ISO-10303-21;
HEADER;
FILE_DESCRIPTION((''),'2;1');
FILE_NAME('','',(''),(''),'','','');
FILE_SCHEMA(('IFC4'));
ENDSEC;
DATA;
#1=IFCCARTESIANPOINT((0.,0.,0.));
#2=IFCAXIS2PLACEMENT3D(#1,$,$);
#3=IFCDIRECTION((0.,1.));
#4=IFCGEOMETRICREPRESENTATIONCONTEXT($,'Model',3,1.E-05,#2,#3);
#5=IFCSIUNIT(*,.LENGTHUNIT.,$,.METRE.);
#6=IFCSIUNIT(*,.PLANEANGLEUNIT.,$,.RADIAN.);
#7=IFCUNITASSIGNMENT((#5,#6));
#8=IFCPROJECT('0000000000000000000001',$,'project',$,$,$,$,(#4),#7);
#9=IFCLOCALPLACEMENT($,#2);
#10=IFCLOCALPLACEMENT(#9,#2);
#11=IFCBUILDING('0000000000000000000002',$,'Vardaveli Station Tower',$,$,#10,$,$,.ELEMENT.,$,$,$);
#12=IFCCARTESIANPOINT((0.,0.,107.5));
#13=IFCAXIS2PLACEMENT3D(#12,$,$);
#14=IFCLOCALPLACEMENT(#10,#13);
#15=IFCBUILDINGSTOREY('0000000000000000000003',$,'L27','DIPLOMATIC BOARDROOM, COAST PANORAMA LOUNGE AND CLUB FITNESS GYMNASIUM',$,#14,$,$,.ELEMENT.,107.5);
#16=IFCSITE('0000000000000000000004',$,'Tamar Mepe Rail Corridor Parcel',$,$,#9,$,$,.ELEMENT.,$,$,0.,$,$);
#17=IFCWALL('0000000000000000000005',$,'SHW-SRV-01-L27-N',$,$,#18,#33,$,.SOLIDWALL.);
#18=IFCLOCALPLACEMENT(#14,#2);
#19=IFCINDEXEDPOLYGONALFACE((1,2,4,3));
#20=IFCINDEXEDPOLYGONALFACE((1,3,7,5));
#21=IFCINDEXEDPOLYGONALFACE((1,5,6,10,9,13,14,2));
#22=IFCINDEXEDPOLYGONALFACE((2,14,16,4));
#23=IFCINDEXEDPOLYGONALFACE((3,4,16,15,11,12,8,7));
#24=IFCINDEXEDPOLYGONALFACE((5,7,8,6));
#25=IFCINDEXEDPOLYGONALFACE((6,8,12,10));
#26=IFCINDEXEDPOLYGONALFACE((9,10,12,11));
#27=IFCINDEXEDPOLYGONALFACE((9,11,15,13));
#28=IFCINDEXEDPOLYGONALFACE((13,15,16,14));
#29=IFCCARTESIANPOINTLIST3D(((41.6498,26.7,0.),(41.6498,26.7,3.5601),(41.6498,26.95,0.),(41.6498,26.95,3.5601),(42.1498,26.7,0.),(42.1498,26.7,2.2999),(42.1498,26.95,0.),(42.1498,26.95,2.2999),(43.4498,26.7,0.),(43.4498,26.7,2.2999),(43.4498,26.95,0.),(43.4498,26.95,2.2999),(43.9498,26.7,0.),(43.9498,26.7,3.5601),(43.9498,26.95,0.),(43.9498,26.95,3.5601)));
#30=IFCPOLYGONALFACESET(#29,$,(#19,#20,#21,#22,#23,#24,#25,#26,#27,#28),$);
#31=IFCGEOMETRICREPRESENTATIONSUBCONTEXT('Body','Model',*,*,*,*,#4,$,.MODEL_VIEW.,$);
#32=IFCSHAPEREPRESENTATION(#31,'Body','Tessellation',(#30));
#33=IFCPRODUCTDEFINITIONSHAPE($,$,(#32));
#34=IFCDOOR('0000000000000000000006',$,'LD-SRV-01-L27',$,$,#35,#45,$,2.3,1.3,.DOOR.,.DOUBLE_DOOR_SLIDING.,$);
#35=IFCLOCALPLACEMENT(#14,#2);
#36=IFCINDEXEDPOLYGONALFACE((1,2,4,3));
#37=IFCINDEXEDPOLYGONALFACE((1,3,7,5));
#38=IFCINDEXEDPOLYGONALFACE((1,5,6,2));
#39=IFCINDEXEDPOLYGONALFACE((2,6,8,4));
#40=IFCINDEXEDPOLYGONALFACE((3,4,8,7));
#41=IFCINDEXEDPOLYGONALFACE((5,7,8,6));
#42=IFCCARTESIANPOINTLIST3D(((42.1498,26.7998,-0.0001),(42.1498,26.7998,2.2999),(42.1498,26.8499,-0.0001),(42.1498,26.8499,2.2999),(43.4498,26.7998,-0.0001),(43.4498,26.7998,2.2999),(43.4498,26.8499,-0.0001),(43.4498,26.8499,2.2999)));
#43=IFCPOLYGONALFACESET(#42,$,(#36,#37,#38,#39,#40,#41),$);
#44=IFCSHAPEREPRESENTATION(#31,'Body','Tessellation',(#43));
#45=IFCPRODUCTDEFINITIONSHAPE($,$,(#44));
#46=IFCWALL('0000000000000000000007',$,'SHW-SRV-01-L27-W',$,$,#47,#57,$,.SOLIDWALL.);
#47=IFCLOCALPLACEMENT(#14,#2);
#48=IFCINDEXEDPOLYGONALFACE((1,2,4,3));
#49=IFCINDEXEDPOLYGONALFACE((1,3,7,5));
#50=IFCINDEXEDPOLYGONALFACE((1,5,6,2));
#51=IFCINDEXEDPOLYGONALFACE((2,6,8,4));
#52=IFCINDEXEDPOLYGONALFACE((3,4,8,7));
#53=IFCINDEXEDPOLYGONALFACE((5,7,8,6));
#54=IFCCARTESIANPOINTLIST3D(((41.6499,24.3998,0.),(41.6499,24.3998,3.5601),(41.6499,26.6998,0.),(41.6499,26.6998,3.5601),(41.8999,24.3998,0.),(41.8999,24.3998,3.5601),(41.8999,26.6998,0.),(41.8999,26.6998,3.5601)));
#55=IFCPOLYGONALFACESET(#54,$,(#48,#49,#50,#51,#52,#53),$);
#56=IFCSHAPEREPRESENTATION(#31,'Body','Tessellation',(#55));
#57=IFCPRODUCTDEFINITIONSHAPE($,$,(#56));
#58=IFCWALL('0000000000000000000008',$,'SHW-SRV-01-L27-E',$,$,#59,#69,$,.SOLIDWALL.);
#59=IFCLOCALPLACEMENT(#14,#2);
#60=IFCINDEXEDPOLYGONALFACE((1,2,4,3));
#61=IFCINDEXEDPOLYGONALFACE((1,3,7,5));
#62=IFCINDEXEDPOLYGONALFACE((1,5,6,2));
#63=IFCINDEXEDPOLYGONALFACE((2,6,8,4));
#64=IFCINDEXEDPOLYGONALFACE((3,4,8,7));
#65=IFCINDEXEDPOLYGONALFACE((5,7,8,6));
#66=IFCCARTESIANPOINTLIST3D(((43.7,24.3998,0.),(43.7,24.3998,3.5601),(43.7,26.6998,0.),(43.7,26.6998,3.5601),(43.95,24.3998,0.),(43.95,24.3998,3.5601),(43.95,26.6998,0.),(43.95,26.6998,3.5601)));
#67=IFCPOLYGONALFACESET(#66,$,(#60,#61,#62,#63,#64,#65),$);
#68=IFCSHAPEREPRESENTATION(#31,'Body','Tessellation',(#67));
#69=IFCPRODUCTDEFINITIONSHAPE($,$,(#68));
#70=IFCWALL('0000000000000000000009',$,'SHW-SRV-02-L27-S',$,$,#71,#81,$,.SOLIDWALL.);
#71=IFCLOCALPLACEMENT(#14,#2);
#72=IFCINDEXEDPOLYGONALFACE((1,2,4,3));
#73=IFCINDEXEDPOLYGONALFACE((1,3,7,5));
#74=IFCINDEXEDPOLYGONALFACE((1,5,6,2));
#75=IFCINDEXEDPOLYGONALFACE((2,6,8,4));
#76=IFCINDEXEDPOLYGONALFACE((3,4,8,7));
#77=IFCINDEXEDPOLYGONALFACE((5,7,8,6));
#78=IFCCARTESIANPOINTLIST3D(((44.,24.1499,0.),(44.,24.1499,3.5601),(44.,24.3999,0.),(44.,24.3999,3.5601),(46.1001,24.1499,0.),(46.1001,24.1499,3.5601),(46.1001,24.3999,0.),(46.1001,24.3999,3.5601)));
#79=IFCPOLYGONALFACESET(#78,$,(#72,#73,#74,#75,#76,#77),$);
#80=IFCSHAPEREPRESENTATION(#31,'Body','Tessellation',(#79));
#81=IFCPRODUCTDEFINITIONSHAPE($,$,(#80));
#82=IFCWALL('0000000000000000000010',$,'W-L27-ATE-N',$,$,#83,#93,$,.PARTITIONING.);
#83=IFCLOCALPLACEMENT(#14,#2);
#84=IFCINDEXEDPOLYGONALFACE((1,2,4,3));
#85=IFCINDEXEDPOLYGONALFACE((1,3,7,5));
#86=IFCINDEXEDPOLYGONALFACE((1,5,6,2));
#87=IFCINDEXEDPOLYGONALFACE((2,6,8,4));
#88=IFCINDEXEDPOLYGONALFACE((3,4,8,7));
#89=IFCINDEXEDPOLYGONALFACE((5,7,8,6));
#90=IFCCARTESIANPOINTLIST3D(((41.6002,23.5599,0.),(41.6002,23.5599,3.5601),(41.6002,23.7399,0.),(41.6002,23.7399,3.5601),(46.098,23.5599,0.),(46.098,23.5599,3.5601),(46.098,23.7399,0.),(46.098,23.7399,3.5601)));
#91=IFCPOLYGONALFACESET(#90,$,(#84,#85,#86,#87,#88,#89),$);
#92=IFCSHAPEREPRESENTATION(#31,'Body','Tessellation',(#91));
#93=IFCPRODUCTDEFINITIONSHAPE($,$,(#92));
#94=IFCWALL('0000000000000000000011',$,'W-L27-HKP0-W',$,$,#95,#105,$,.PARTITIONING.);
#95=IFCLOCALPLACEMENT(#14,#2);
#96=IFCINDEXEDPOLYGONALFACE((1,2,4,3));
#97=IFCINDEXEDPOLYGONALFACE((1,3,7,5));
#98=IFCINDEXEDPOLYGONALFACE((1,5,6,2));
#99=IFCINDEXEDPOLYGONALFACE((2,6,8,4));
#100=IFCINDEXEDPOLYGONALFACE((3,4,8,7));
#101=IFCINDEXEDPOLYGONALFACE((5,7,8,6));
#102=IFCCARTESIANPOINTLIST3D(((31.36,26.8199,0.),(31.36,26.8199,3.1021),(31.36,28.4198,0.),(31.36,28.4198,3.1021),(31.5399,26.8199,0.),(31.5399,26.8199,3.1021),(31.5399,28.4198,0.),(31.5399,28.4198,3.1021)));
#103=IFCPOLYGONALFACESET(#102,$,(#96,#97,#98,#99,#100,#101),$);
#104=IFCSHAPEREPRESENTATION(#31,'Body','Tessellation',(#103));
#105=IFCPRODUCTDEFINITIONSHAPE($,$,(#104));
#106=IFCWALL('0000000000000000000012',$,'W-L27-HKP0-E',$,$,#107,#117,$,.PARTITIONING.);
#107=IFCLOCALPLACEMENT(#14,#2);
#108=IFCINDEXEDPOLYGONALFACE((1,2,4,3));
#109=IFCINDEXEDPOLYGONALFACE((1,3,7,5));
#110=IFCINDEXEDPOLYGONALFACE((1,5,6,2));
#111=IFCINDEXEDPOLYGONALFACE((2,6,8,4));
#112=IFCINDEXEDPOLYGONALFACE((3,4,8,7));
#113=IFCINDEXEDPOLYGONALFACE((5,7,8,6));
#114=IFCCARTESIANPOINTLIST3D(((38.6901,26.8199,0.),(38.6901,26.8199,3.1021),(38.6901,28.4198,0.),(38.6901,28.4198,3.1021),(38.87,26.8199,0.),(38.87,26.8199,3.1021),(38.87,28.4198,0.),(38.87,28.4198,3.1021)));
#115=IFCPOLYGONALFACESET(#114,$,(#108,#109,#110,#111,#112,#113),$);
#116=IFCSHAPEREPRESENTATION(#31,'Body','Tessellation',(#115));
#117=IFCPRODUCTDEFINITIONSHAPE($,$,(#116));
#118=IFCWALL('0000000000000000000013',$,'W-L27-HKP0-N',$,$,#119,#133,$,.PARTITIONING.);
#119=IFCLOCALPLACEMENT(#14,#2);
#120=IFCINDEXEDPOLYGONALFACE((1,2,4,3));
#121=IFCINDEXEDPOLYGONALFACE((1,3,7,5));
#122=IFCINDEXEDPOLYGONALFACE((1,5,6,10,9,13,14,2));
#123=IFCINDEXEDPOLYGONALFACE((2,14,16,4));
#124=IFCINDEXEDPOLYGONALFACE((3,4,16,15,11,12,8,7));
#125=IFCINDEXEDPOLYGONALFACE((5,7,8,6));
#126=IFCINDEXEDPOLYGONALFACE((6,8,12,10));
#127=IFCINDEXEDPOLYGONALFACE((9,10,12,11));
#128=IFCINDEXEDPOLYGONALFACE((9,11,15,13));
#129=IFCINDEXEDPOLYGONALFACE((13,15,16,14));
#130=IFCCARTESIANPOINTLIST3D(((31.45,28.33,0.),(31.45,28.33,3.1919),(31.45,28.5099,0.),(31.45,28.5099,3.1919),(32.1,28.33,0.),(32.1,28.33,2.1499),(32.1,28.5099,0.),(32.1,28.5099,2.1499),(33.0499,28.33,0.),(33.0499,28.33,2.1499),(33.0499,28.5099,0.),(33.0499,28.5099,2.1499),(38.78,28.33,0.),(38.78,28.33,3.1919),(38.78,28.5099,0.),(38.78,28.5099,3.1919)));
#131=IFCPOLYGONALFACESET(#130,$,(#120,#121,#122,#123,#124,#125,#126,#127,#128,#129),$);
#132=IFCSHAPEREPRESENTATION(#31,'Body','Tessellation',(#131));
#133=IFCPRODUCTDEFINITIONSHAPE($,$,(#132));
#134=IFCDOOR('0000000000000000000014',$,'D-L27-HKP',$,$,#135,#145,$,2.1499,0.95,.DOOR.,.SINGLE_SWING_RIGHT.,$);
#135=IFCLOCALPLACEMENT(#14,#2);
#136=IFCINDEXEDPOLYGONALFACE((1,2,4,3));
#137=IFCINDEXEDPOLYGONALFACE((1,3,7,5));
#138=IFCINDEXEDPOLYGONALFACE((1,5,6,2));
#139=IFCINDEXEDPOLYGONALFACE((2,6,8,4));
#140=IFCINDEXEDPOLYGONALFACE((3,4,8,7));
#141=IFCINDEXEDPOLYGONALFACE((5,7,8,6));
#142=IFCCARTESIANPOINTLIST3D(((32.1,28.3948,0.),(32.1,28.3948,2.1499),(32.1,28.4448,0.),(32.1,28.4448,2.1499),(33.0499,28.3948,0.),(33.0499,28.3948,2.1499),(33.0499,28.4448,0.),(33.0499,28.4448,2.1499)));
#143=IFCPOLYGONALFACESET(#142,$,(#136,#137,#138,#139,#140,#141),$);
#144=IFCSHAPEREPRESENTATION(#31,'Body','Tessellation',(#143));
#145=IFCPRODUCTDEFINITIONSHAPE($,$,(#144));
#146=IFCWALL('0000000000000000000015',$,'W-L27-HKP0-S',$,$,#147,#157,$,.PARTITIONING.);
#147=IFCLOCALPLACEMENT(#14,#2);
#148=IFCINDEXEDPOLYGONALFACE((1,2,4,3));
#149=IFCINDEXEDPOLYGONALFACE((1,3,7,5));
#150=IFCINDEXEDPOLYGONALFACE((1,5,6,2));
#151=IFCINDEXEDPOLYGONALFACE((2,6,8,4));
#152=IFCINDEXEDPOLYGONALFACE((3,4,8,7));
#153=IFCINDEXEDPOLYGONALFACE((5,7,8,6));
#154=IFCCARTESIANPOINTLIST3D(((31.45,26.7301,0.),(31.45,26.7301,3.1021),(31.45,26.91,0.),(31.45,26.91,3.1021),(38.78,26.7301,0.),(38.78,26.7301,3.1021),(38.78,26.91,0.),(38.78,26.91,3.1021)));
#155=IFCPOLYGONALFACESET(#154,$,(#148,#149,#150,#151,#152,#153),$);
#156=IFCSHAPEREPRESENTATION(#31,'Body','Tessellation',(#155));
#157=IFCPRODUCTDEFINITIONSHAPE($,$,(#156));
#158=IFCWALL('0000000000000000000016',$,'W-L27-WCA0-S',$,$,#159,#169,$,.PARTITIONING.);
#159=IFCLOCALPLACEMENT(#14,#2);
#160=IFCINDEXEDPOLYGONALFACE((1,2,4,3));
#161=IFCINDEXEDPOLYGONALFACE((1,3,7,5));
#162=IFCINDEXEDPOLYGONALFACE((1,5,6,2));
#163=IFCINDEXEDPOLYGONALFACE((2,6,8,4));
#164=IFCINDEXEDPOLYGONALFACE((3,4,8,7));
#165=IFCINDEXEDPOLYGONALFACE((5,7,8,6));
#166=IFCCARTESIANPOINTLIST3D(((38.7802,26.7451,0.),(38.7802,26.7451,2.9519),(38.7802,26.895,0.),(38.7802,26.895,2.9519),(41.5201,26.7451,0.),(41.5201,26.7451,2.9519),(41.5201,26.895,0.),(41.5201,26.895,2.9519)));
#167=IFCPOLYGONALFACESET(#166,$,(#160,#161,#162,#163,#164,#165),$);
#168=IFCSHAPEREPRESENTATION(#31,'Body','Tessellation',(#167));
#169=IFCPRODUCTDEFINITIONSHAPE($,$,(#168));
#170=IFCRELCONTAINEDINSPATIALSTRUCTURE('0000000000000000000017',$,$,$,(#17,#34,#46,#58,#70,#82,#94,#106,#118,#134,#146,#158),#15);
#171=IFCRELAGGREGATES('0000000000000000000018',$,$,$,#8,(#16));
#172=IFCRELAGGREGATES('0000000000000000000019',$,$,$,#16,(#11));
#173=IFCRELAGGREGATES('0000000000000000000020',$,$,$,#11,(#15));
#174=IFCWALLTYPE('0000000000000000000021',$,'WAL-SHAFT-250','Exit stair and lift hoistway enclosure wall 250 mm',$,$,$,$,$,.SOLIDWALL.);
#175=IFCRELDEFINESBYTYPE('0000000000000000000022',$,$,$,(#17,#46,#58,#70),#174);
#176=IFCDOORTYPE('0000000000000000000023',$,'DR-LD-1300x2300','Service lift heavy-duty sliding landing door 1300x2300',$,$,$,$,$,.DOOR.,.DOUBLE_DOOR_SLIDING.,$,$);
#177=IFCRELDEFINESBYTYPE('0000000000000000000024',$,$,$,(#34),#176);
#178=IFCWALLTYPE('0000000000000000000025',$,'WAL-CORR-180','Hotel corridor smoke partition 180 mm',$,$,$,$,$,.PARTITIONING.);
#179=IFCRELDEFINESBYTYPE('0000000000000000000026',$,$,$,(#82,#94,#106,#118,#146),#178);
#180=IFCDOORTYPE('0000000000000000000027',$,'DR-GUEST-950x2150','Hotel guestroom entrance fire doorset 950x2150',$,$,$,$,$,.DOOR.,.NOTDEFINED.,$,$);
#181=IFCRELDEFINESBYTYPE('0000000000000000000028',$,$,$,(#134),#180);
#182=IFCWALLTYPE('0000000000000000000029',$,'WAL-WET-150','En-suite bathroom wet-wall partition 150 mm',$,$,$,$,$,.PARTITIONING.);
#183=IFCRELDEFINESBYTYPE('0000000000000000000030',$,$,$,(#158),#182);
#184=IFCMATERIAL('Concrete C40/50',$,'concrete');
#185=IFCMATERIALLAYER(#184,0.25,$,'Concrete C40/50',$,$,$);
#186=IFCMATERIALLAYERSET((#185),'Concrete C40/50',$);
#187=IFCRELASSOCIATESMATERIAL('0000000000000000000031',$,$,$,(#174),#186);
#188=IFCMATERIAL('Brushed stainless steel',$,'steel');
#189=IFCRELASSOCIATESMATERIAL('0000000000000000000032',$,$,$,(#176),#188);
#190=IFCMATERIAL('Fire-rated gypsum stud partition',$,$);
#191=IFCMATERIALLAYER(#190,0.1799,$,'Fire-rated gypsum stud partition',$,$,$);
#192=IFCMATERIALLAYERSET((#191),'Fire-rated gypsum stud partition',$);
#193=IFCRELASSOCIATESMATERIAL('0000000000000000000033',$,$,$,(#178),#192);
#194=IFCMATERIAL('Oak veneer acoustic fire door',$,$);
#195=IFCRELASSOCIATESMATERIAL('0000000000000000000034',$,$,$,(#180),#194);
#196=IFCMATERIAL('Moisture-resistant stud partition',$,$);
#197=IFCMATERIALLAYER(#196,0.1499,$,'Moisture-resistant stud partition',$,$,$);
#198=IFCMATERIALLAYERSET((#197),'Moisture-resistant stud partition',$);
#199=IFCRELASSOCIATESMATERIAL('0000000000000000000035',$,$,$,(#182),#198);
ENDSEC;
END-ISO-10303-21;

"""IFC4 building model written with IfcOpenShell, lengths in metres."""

from ifc_helpers import new_model, si_unit, direction, frame, frame_2d, origin, place, context, subcontext, project, spatial, rectangle, extrude, source, transform, mapped, material, layer, layer_set, type_object, element, fill, save


model = new_model("IFC4")

# Units and contexts
model_context = context("Model", 3, precision=1e-05, world=origin(), true_north=direction((0.0, 1.0)))
body_context = subcontext(model_context, "Body", "Model", "MODEL_VIEW")
ifc_project = project(units=[si_unit("LENGTHUNIT", "METRE"), si_unit("PLANEANGLEUNIT", "RADIAN")], contexts=[model_context])

# Site, building, storey
site_placement = place(None, origin())
site = spatial("IfcSite", under=ifc_project, at=site_placement, Name="Tamar Mepe Rail Corridor Parcel", CompositionType="ELEMENT", RefElevation=0.0)
building_placement = place(site_placement, origin())
building = spatial("IfcBuilding", under=site, at=building_placement, Name="Vardaveli Station Tower", CompositionType="ELEMENT")
storey_placement = place(building_placement, frame((0.0, 0.0, 107.5)))
storey = spatial("IfcBuildingStorey", under=building, at=storey_placement, Name="L27", Description="DIPLOMATIC BOARDROOM, COAST PANORAMA LOUNGE AND CLUB FITNESS GYMNASIUM", CompositionType="ELEMENT", Elevation=107.5)

# Shared definitions
ifc_material_1 = material(Name="Concrete C40/50", Category="concrete")
ifc_layer_1 = layer(ifc_material_1, 0.25, Name="Concrete C40/50")
ifc_layer_set_1 = layer_set([ifc_layer_1], Name="Concrete C40/50")
wall_type_1 = type_object("IfcWallType", Name="WAL-SHAFT-250", Description="Exit stair and lift hoistway enclosure wall 250 mm", PredefinedType="SOLIDWALL", material=ifc_layer_set_1)
shared_shape_1 = source(origin(), body_context, "Body", "SweptSolid", [
    extrude(rectangle(XDim=2.3, YDim=0.25, at=frame_2d((1.1499, 0.0))), origin(), (0.0, 0.0, 1.0), 3.5601),
])

# Wall, opening, door
wall_1_placement = place(storey_placement, frame((41.6499, 26.825, 0.0), z_axis=(0.0, 0.0, 1.0), x_axis=(1.0, 0.0, 0.0)))
wall_1 = element("IfcWall", 1, at=wall_1_placement, inside=storey, type_object=wall_type_1, Name="SHW-SRV-01-L27-N", PredefinedType="SOLIDWALL", context=body_context, shape_type="MappedRepresentation", body=[
    mapped(shared_shape_1, transform((0.0, 0.0, 0.0), scale=1.0)),
])
shared_shape_2 = source(origin(), body_context, "Body", "SweptSolid", [
    extrude(rectangle(XDim=1.3, YDim=2.3, at=frame_2d((0.6499, 1.1499))), frame((0.0, 0.135, 0.0), z_axis=(0.0, -1.0, 0.0), x_axis=(1.0, 0.0, 0.0)), (0.0, 0.0, 1.0), 0.27),
])
opening_1_placement = place(wall_1_placement, frame((0.5, 0.0, 0.0)))
opening_1 = element("IfcOpeningElement", 2, at=opening_1_placement, cuts=wall_1, PredefinedType="OPENING", context=body_context, shape_type="MappedRepresentation", body=[
    mapped(shared_shape_2, transform((0.0, 0.0, 0.0), scale=1.0)),
])
ifc_material_2 = material(Name="Brushed stainless steel", Category="steel")
door_type_1 = type_object("IfcDoorType", Name="DR-LD-1300x2300", Description="Service lift heavy-duty sliding landing door 1300x2300", OperationType="DOUBLE_DOOR_SLIDING", PredefinedType="DOOR", material=ifc_material_2)
shared_shape_3 = source(origin(), body_context, "Body", "SweptSolid", [
    extrude(rectangle(XDim=1.3, YDim=2.3, at=frame_2d((0.6499, 1.1499))), frame((0.0, 0.0249, 0.0), z_axis=(0.0, -1.0, 0.0), x_axis=(1.0, 0.0, 0.0)), (0.0, 0.0, 1.0), 0.05),
])
door_1_placement = place(opening_1_placement, origin())
door_1 = element("IfcDoor", 3, at=door_1_placement, inside=storey, type_object=door_type_1, Name="LD-SRV-01-L27", OperationType="DOUBLE_DOOR_SLIDING", OverallHeight=2.3, OverallWidth=1.3, PredefinedType="DOOR", context=body_context, shape_type="MappedRepresentation", body=[
    mapped(shared_shape_3, transform((0.0, 0.0, 0.0), scale=1.0)),
])
fill(opening_1, door_1)

# Walls
for number, where, z_axis, x_axis, name in (
    (4, (41.7749, 24.3999, 0.0), (0.0, 0.0, 1.0), (0.0, 1.0, 0.0), "SHW-SRV-01-L27-W"),
    (5, (43.825, 24.3999, 0.0), (0.0, 0.0, 1.0), (0.0, 1.0, 0.0), "SHW-SRV-01-L27-E"),
):
    element("IfcWall", number, at=place(storey_placement, frame(where, z_axis=z_axis, x_axis=x_axis)), inside=storey, type_object=wall_type_1, Name=name, PredefinedType="SOLIDWALL", context=body_context, shape_type="MappedRepresentation", body=[
        mapped(shared_shape_1, transform((0.0, 0.0, 0.0), scale=1.0)),
    ])
shared_shape_4 = source(origin(), body_context, "Body", "SweptSolid", [
    extrude(rectangle(XDim=2.1001, YDim=0.25, at=frame_2d((1.05, 0.0))), origin(), (0.0, 0.0, 1.0), 3.5601),
])
wall_2_placement = place(storey_placement, frame((44.0, 24.2749, 0.0), z_axis=(0.0, 0.0, 1.0), x_axis=(1.0, 0.0, 0.0)))
element("IfcWall", 6, at=wall_2_placement, inside=storey, type_object=wall_type_1, Name="SHW-SRV-02-L27-S", PredefinedType="SOLIDWALL", context=body_context, shape_type="MappedRepresentation", body=[
    mapped(shared_shape_4, transform((0.0, 0.0, 0.0), scale=1.0)),
])
ifc_material_3 = material(Name="Fire-rated gypsum stud partition")
ifc_layer_2 = layer(ifc_material_3, 0.1799, Name="Fire-rated gypsum stud partition")
ifc_layer_set_2 = layer_set([ifc_layer_2], Name="Fire-rated gypsum stud partition")
wall_type_2 = type_object("IfcWallType", Name="WAL-CORR-180", Description="Hotel corridor smoke partition 180 mm", PredefinedType="PARTITIONING", material=ifc_layer_set_2)
shared_shape_5 = source(origin(), body_context, "Body", "SweptSolid", [
    extrude(rectangle(XDim=4.4978, YDim=0.1799, at=frame_2d((2.249, 0.0))), origin(), (0.0, 0.0, 1.0), 3.5601),
])
wall_3_placement = place(storey_placement, frame((41.6001, 23.6499, 0.0), z_axis=(0.0, 0.0, 1.0), x_axis=(1.0, 0.0, 0.0)))
element("IfcWall", 7, at=wall_3_placement, inside=storey, type_object=wall_type_2, Name="W-L27-ATE-N", PredefinedType="PARTITIONING", context=body_context, shape_type="MappedRepresentation", body=[
    mapped(shared_shape_5, transform((0.0, 0.0, 0.0), scale=1.0)),
])
shared_shape_6 = source(origin(), body_context, "Body", "SweptSolid", [
    extrude(rectangle(XDim=1.5999, YDim=0.1799, at=frame_2d((0.7998, 0.0))), origin(), (0.0, 0.0, 1.0), 3.1021),
])
for number, where, z_axis, x_axis, name in (
    (8, (31.45, 26.8201, 0.0), (0.0, 0.0, 1.0), (0.0, 1.0, 0.0), "W-L27-HKP0-W"),
    (9, (38.78, 26.8201, 0.0), (0.0, 0.0, 1.0), (0.0, 1.0, 0.0), "W-L27-HKP0-E"),
):
    element("IfcWall", number, at=place(storey_placement, frame(where, z_axis=z_axis, x_axis=x_axis)), inside=storey, type_object=wall_type_2, Name=name, PredefinedType="PARTITIONING", context=body_context, shape_type="MappedRepresentation", body=[
        mapped(shared_shape_6, transform((0.0, 0.0, 0.0), scale=1.0)),
    ])

# Wall, opening, door
shared_shape_7 = source(origin(), body_context, "Body", "SweptSolid", [
    extrude(rectangle(XDim=7.3301, YDim=0.1799, at=frame_2d((3.665, 0.0))), origin(), (0.0, 0.0, 1.0), 3.1919),
])
wall_4_placement = place(storey_placement, frame((31.45, 28.4199, 0.0), z_axis=(0.0, 0.0, 1.0), x_axis=(1.0, 0.0, 0.0)))
wall_4 = element("IfcWall", 10, at=wall_4_placement, inside=storey, type_object=wall_type_2, Name="W-L27-HKP0-N", PredefinedType="PARTITIONING", context=body_context, shape_type="MappedRepresentation", body=[
    mapped(shared_shape_7, transform((0.0, 0.0, 0.0), scale=1.0)),
])
shared_shape_8 = source(origin(), body_context, "Body", "SweptSolid", [
    extrude(rectangle(XDim=0.95, YDim=2.1499, at=frame_2d((0.4751, 1.075))), frame((0.0, 0.1001, 0.0), z_axis=(0.0, -1.0, 0.0), x_axis=(1.0, 0.0, 0.0)), (0.0, 0.0, 1.0), 0.2),
])
opening_2_placement = place(wall_4_placement, frame((0.6499, 0.0, 0.0)))
opening_2 = element("IfcOpeningElement", 11, at=opening_2_placement, cuts=wall_4, PredefinedType="OPENING", context=body_context, shape_type="MappedRepresentation", body=[
    mapped(shared_shape_8, transform((0.0, 0.0, 0.0), scale=1.0)),
])
ifc_material_4 = material(Name="Oak veneer acoustic fire door")
door_type_2 = type_object("IfcDoorType", Name="DR-GUEST-950x2150", Description="Hotel guestroom entrance fire doorset 950x2150", OperationType="NOTDEFINED", PredefinedType="DOOR", material=ifc_material_4)
shared_shape_9 = source(origin(), body_context, "Body", "SweptSolid", [
    extrude(rectangle(XDim=0.95, YDim=2.1499, at=frame_2d((0.4751, 1.075))), frame((0.0, 0.0249, 0.0), z_axis=(0.0, -1.0, 0.0), x_axis=(1.0, 0.0, 0.0)), (0.0, 0.0, 1.0), 0.05),
])
door_2_placement = place(opening_2_placement, origin())
door_2 = element("IfcDoor", 12, at=door_2_placement, inside=storey, type_object=door_type_2, Name="D-L27-HKP", OperationType="SINGLE_SWING_RIGHT", OverallHeight=2.1499, OverallWidth=0.95, PredefinedType="DOOR", context=body_context, shape_type="MappedRepresentation", body=[
    mapped(shared_shape_9, transform((0.0, 0.0, 0.0), scale=1.0)),
])
fill(opening_2, door_2)

# Walls
shared_shape_10 = source(origin(), body_context, "Body", "SweptSolid", [
    extrude(rectangle(XDim=7.3301, YDim=0.1799, at=frame_2d((3.665, 0.0))), origin(), (0.0, 0.0, 1.0), 3.1021),
])
wall_5_placement = place(storey_placement, frame((31.45, 26.8201, 0.0), z_axis=(0.0, 0.0, 1.0), x_axis=(1.0, 0.0, 0.0)))
element("IfcWall", 13, at=wall_5_placement, inside=storey, type_object=wall_type_2, Name="W-L27-HKP0-S", PredefinedType="PARTITIONING", context=body_context, shape_type="MappedRepresentation", body=[
    mapped(shared_shape_10, transform((0.0, 0.0, 0.0), scale=1.0)),
])
ifc_material_5 = material(Name="Moisture-resistant stud partition")
ifc_layer_3 = layer(ifc_material_5, 0.1499, Name="Moisture-resistant stud partition")
ifc_layer_set_3 = layer_set([ifc_layer_3], Name="Moisture-resistant stud partition")
wall_type_3 = type_object("IfcWallType", Name="WAL-WET-150", Description="En-suite bathroom wet-wall partition 150 mm", PredefinedType="PARTITIONING", material=ifc_layer_set_3)
shared_shape_11 = source(origin(), body_context, "Body", "SweptSolid", [
    extrude(rectangle(XDim=2.74, YDim=0.1499, at=frame_2d((1.3701, 0.0))), origin(), (0.0, 0.0, 1.0), 2.9519),
])
wall_6_placement = place(storey_placement, frame((38.78, 26.8201, 0.0), z_axis=(0.0, 0.0, 1.0), x_axis=(1.0, 0.0, 0.0)))
element("IfcWall", 14, at=wall_6_placement, inside=storey, type_object=wall_type_3, Name="W-L27-WCA0-S", PredefinedType="PARTITIONING", context=body_context, shape_type="MappedRepresentation", body=[
    mapped(shared_shape_11, transform((0.0, 0.0, 0.0), scale=1.0)),
])

save(model, "model.ifc")
